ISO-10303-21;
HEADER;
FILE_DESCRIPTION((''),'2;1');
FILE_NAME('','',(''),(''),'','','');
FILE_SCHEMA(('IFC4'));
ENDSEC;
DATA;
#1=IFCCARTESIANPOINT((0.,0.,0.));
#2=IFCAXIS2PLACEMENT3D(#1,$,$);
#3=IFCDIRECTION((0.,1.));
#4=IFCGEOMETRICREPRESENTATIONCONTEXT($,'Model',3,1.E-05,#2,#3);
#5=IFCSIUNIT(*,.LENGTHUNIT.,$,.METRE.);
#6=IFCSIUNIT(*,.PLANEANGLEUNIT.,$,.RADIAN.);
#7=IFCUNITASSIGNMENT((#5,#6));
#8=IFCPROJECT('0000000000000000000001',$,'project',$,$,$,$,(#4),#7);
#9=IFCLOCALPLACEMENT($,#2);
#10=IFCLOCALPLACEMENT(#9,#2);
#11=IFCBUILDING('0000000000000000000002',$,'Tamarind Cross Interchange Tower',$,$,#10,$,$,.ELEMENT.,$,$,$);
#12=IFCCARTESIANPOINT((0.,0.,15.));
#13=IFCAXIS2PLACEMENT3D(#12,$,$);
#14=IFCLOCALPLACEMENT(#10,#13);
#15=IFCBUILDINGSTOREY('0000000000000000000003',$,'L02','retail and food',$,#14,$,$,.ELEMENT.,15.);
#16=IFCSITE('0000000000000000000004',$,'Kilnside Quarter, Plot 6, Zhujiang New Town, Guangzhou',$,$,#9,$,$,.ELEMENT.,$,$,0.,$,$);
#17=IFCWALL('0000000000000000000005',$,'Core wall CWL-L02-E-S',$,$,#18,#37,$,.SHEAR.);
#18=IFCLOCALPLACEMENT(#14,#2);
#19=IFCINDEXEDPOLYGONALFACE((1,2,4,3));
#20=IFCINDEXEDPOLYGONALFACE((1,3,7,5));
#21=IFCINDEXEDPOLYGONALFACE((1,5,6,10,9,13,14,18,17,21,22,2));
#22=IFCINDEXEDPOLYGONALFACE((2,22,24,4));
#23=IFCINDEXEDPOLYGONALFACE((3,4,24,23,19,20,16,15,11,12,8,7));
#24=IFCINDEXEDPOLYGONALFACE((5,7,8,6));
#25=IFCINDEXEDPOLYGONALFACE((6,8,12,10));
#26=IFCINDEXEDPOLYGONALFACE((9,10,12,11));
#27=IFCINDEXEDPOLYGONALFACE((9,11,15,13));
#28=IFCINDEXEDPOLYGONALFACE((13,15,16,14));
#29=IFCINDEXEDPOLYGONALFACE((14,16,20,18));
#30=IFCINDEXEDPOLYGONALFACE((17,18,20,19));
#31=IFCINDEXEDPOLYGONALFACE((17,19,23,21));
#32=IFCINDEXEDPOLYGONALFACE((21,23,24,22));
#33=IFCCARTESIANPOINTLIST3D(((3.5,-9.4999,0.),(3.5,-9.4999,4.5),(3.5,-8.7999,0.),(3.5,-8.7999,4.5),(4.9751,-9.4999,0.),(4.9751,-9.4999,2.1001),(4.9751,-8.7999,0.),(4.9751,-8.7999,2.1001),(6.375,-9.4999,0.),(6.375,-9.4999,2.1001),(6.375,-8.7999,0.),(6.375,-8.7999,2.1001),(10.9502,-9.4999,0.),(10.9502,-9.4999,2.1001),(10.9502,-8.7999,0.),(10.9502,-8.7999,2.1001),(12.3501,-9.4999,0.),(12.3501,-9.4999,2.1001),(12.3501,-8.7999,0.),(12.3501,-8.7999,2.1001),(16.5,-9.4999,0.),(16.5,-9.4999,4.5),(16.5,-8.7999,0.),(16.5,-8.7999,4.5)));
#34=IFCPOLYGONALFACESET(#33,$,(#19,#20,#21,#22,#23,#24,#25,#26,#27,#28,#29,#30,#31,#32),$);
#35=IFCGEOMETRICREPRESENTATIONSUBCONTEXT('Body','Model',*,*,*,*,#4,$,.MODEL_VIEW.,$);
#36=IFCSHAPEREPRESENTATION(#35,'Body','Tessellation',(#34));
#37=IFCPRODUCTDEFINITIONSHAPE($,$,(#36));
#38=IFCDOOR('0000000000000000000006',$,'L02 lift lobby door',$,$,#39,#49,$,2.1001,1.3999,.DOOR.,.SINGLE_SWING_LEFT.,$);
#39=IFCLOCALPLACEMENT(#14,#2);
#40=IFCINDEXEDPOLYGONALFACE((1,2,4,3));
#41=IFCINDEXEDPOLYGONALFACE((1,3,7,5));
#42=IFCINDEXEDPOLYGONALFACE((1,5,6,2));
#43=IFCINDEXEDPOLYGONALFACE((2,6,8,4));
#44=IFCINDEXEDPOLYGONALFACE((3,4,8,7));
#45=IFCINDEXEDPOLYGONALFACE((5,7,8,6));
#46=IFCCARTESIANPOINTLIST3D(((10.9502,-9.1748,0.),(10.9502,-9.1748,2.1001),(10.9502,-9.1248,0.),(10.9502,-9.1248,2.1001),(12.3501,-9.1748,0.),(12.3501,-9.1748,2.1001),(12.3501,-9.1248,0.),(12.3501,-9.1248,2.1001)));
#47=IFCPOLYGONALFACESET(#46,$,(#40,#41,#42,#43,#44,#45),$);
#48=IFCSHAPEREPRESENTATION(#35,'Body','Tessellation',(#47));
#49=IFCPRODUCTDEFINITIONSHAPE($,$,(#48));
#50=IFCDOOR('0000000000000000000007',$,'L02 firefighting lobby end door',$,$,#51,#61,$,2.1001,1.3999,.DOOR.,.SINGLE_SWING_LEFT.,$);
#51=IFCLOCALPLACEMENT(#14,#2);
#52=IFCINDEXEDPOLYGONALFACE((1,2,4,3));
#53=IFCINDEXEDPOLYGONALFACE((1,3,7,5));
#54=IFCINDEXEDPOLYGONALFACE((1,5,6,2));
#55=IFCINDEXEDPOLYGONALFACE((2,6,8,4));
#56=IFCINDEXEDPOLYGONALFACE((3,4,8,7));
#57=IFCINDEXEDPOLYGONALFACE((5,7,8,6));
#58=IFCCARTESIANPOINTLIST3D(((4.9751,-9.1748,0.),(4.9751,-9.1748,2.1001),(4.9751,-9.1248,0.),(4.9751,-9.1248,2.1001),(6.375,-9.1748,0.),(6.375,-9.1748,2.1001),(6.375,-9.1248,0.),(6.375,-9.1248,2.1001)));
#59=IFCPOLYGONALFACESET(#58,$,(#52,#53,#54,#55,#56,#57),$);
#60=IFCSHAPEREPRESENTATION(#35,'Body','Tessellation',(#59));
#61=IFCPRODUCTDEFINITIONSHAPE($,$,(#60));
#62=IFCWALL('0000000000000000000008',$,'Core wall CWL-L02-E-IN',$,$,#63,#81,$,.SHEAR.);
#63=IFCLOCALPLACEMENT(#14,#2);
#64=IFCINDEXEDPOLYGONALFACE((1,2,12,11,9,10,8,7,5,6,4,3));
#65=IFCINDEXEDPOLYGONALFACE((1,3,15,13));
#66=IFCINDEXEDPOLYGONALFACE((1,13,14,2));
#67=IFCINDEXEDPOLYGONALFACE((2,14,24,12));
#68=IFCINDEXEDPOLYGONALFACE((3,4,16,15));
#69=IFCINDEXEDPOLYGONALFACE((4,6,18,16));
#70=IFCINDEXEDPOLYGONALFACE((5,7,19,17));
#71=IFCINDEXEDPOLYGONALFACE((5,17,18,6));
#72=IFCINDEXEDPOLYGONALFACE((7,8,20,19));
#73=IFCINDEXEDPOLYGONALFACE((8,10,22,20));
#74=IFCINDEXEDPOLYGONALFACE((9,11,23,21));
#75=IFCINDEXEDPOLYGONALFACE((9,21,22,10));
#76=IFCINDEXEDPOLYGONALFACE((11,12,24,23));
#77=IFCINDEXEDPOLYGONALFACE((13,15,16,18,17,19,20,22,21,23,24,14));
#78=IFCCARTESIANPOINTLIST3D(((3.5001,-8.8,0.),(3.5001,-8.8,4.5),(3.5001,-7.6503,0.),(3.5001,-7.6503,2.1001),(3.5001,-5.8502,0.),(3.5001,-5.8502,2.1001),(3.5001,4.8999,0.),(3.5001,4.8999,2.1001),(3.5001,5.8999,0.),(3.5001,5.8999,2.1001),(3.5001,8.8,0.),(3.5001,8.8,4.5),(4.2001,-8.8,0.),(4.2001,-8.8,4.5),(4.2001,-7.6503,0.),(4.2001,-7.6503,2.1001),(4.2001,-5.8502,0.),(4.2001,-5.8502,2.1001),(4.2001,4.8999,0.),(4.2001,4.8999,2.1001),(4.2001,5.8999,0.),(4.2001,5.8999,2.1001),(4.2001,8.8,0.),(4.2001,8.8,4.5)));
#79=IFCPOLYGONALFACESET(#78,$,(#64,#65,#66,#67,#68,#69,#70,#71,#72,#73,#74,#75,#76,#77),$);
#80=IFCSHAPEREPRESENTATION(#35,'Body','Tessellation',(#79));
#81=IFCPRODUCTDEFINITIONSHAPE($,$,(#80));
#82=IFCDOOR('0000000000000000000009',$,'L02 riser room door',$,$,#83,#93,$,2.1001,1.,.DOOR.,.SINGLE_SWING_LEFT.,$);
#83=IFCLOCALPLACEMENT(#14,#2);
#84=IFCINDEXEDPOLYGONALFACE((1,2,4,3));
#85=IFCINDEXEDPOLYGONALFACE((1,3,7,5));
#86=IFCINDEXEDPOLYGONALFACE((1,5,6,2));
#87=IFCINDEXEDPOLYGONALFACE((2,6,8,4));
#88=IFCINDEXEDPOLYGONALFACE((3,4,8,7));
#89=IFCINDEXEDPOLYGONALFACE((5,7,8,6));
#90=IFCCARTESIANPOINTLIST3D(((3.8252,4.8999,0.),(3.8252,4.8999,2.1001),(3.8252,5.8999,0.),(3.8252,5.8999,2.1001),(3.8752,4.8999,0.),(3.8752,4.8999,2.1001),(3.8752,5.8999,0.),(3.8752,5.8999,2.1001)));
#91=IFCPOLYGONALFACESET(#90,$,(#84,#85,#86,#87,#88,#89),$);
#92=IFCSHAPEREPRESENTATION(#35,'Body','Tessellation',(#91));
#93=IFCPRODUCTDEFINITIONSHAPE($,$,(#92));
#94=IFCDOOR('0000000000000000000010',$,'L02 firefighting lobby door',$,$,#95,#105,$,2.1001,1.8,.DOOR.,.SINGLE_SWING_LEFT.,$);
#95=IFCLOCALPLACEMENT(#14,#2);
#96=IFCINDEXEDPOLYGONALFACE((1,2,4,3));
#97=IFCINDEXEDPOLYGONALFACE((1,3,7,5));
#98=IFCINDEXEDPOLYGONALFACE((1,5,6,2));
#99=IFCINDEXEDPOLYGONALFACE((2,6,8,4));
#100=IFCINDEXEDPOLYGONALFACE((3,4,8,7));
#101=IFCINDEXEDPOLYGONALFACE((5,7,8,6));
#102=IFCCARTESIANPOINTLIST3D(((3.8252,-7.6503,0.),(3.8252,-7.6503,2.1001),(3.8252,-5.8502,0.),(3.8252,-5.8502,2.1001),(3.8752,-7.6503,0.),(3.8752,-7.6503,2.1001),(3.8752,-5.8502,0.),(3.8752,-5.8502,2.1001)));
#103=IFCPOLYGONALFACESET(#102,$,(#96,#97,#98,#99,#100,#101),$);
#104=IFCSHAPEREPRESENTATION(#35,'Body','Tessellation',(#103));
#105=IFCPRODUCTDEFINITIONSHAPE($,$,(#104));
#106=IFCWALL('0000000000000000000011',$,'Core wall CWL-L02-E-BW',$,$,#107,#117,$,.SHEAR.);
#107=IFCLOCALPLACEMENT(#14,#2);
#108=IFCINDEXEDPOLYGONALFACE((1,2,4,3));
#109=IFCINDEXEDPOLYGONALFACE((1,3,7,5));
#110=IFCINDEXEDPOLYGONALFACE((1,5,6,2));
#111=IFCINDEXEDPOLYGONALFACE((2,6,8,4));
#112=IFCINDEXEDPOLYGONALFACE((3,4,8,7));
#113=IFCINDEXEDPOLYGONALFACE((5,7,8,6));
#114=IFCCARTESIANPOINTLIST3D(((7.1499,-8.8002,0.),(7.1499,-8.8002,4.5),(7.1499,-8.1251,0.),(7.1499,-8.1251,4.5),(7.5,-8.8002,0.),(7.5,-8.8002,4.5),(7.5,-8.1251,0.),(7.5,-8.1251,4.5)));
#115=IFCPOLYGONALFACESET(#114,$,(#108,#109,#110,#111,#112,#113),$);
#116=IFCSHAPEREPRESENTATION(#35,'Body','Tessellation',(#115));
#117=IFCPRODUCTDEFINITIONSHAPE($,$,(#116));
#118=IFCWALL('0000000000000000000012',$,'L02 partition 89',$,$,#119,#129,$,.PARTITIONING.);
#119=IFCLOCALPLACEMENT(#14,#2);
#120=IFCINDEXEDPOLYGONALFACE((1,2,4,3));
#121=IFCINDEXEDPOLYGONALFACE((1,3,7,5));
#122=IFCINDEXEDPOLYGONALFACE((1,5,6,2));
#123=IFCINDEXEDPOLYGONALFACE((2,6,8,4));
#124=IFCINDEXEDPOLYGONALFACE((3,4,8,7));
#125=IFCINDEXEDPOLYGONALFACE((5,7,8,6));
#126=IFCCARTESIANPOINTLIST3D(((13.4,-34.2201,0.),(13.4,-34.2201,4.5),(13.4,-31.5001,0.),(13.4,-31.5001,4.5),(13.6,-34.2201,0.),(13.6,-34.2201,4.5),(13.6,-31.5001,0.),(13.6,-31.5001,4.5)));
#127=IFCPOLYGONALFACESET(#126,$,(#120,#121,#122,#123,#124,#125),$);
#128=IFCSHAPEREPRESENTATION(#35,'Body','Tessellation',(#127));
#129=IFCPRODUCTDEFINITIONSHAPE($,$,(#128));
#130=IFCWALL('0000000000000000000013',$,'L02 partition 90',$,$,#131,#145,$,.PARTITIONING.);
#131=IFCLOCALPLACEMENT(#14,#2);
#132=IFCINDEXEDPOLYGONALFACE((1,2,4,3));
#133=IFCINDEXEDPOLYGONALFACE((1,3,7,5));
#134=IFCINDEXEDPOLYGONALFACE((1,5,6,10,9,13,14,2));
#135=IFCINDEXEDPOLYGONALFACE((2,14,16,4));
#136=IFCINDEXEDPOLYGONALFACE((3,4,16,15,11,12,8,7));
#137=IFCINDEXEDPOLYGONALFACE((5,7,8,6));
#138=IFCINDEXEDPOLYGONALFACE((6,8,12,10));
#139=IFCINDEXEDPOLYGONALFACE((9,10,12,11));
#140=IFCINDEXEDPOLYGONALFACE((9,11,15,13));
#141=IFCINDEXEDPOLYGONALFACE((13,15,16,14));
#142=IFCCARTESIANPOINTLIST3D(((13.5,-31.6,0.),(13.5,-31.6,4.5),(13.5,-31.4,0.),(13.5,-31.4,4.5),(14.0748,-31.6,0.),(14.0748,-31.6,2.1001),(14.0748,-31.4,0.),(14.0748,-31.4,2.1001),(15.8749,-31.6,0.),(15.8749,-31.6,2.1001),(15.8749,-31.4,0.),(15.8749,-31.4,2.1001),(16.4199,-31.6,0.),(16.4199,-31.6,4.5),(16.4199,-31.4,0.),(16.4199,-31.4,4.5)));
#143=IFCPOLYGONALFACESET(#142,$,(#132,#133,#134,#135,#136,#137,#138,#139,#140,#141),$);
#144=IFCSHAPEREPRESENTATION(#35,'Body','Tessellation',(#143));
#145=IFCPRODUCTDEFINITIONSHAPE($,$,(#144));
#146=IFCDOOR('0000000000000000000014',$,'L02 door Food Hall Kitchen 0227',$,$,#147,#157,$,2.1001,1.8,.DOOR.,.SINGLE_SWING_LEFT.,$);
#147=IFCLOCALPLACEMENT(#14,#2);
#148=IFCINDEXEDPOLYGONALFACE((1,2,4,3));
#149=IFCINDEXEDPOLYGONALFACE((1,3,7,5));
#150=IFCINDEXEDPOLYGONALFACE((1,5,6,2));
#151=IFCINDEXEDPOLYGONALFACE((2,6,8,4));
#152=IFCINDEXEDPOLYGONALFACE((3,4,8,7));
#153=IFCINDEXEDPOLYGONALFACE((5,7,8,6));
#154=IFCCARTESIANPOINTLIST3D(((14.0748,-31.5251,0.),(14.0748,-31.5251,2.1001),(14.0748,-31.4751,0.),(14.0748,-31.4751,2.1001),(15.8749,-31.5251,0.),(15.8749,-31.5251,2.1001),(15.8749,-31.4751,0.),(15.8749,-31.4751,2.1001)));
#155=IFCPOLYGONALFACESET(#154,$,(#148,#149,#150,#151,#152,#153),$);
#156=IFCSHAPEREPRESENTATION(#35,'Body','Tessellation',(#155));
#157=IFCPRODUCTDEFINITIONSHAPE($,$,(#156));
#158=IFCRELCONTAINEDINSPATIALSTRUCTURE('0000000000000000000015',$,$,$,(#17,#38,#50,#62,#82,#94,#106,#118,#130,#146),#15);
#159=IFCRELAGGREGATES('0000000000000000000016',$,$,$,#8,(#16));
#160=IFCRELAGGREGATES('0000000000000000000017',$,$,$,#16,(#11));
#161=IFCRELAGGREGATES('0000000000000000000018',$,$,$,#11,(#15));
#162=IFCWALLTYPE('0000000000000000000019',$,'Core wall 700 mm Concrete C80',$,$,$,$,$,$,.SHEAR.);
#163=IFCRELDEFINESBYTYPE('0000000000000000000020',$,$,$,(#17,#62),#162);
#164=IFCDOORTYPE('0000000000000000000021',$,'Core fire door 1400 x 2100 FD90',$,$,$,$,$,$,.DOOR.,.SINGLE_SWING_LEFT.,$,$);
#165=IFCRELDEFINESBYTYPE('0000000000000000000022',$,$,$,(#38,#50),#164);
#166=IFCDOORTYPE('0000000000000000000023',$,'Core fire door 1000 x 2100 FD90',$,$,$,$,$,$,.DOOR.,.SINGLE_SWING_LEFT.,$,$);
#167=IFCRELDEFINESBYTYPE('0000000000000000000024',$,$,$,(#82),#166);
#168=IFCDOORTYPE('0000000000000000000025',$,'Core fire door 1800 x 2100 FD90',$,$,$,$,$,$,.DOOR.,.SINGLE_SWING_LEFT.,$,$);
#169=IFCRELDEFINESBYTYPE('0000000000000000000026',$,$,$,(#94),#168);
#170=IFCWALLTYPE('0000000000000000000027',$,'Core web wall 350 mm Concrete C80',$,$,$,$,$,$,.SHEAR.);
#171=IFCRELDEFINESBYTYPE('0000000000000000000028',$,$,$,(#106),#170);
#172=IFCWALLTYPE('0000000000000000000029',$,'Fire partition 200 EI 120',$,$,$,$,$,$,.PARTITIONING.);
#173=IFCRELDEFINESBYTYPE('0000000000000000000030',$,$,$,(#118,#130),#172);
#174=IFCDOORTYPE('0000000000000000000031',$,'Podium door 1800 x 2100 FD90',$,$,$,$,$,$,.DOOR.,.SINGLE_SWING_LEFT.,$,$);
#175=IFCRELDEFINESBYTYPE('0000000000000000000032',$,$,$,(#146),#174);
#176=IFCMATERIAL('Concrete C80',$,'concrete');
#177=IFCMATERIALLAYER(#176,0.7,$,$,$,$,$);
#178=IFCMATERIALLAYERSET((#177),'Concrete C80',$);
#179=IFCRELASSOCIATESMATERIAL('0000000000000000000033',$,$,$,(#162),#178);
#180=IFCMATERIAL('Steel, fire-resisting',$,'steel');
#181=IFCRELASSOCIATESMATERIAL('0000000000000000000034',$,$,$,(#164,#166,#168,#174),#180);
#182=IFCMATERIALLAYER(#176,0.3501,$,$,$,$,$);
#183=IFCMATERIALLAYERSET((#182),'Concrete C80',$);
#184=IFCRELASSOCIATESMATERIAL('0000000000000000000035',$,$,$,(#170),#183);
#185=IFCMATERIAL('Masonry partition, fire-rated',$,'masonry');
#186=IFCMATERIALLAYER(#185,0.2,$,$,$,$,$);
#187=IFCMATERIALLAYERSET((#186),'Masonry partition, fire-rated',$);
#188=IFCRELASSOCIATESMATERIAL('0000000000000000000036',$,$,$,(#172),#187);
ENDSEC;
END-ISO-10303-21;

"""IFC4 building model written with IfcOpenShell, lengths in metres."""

from ifc_helpers import new_model, si_unit, direction, frame, frame_2d, origin, place, context, subcontext, project, spatial, rectangle, extrude, material, layer, layer_set, type_object, element, fill, save


model = new_model("IFC4")

# Units and contexts
model_context = context("Model", 3, precision=1e-05, world=origin(), true_north=direction((0.0, 1.0)))
body_context = subcontext(model_context, "Body", "Model", "MODEL_VIEW")
ifc_project = project(units=[si_unit("LENGTHUNIT", "METRE"), si_unit("PLANEANGLEUNIT", "RADIAN")], contexts=[model_context])

# Site, building, storey
site_placement = place(None, origin())
site = spatial("IfcSite", under=ifc_project, at=site_placement, Name="Kilnside Quarter, Plot 6, Zhujiang New Town, Guangzhou", CompositionType="ELEMENT", RefElevation=0.0)
building_placement = place(site_placement, origin())
building = spatial("IfcBuilding", under=site, at=building_placement, Name="Tamarind Cross Interchange Tower", CompositionType="ELEMENT")
storey_placement = place(building_placement, frame((0.0, 0.0, 15.0)))
storey = spatial("IfcBuildingStorey", under=building, at=storey_placement, Name="L02", Description="retail and food", CompositionType="ELEMENT", Elevation=15.0)

# Shared definitions
ifc_material_1 = material(Name="Concrete C80", Category="concrete")

# Walls, openings, doors
ifc_layer_1 = layer(ifc_material_1, 0.7)
ifc_layer_set_1 = layer_set([ifc_layer_1], Name="Concrete C80")
wall_type_1 = type_object("IfcWallType", Name="Core wall 700 mm Concrete C80", PredefinedType="SHEAR", material=ifc_layer_set_1)
wall_1_placement = place(storey_placement, frame((16.5, -9.1499, 0.0), z_axis=(0.0, 0.0, 1.0), x_axis=(-1.0, 0.0, 0.0)))
wall_1 = element("IfcWall", 1, at=wall_1_placement, inside=storey, type_object=wall_type_1, Name="Core wall CWL-L02-E-S", PredefinedType="SHEAR", context=body_context, shape_type="SweptSolid", body=[
    extrude(rectangle(XDim=13.0, YDim=0.7, at=frame_2d((6.5, 0.0))), origin(), (0.0, 0.0, 1.0), 4.5),
])
opening_1_placement = place(wall_1_placement, frame((4.1499, 0.0, 0.0)))
opening_1 = element("IfcOpeningElement", 2, at=opening_1_placement, cuts=wall_1, PredefinedType="OPENING", context=body_context, shape_type="SweptSolid", body=[
    extrude(rectangle(XDim=1.3999, YDim=2.1001, at=frame_2d((0.7, 1.05))), frame((0.0, 0.3599, 0.0), z_axis=(0.0, -1.0, 0.0), x_axis=(1.0, 0.0, 0.0)), (0.0, 0.0, 1.0), 0.72),
])
opening_2_placement = place(wall_1_placement, frame((10.125, 0.0, 0.0)))
opening_2 = element("IfcOpeningElement", 3, at=opening_2_placement, cuts=wall_1, PredefinedType="OPENING", context=body_context, shape_type="SweptSolid", body=[
    extrude(rectangle(XDim=1.3999, YDim=2.1001, at=frame_2d((0.7, 1.05))), frame((0.0, 0.3599, 0.0), z_axis=(0.0, -1.0, 0.0), x_axis=(1.0, 0.0, 0.0)), (0.0, 0.0, 1.0), 0.72),
])
ifc_material_2 = material(Name="Steel, fire-resisting", Category="steel")
door_type_1 = type_object("IfcDoorType", Name="Core fire door 1400 x 2100 FD90", OperationType="SINGLE_SWING_LEFT", PredefinedType="DOOR", material=ifc_material_2)
door_1_placement = place(opening_1_placement, origin())
door_1 = element("IfcDoor", 4, at=door_1_placement, inside=storey, type_object=door_type_1, Name="L02 lift lobby door", OperationType="SINGLE_SWING_LEFT", OverallHeight=2.1001, OverallWidth=1.3999, PredefinedType="DOOR", context=body_context, shape_type="SweptSolid", body=[
    extrude(rectangle(XDim=1.3999, YDim=2.1001, at=frame_2d((0.7, 1.05))), frame((0.0, 0.0249, 0.0), z_axis=(0.0, -1.0, 0.0), x_axis=(1.0, 0.0, 0.0)), (0.0, 0.0, 1.0), 0.05),
])
fill(opening_1, door_1)
door_2_placement = place(opening_2_placement, origin())
door_2 = element("IfcDoor", 5, at=door_2_placement, inside=storey, type_object=door_type_1, Name="L02 firefighting lobby end door", OperationType="SINGLE_SWING_LEFT", OverallHeight=2.1001, OverallWidth=1.3999, PredefinedType="DOOR", context=body_context, shape_type="SweptSolid", body=[
    extrude(rectangle(XDim=1.3999, YDim=2.1001, at=frame_2d((0.7, 1.05))), frame((0.0, 0.0249, 0.0), z_axis=(0.0, -1.0, 0.0), x_axis=(1.0, 0.0, 0.0)), (0.0, 0.0, 1.0), 0.05),
])
fill(opening_2, door_2)
wall_2_placement = place(storey_placement, frame((3.8501, -8.8, 0.0), z_axis=(0.0, 0.0, 1.0), x_axis=(0.0, 1.0, 0.0)))
wall_2 = element("IfcWall", 6, at=wall_2_placement, inside=storey, type_object=wall_type_1, Name="Core wall CWL-L02-E-IN", PredefinedType="SHEAR", context=body_context, shape_type="SweptSolid", body=[
    extrude(rectangle(XDim=17.6001, YDim=0.7, at=frame_2d((8.8, 0.0))), origin(), (0.0, 0.0, 1.0), 4.5),
])
opening_3_placement = place(wall_2_placement, frame((1.1499, 0.0, 0.0)))
opening_3 = element("IfcOpeningElement", 7, at=opening_3_placement, cuts=wall_2, PredefinedType="OPENING", context=body_context, shape_type="SweptSolid", body=[
    extrude(rectangle(XDim=1.8, YDim=2.1001, at=frame_2d((0.8999, 1.05))), frame((0.0, 0.3599, 0.0), z_axis=(0.0, -1.0, 0.0), x_axis=(1.0, 0.0, 0.0)), (0.0, 0.0, 1.0), 0.72),
])
opening_4_placement = place(wall_2_placement, frame((13.7, 0.0, 0.0)))
opening_4 = element("IfcOpeningElement", 8, at=opening_4_placement, cuts=wall_2, PredefinedType="OPENING", context=body_context, shape_type="SweptSolid", body=[
    extrude(rectangle(XDim=1.0, YDim=2.1001, at=frame_2d((0.5, 1.05))), frame((0.0, 0.3599, 0.0), z_axis=(0.0, -1.0, 0.0), x_axis=(1.0, 0.0, 0.0)), (0.0, 0.0, 1.0), 0.72),
])
door_type_2 = type_object("IfcDoorType", Name="Core fire door 1000 x 2100 FD90", OperationType="SINGLE_SWING_LEFT", PredefinedType="DOOR", material=ifc_material_2)
door_3_placement = place(opening_4_placement, origin())
door_3 = element("IfcDoor", 9, at=door_3_placement, inside=storey, type_object=door_type_2, Name="L02 riser room door", OperationType="SINGLE_SWING_LEFT", OverallHeight=2.1001, OverallWidth=1.0, PredefinedType="DOOR", context=body_context, shape_type="SweptSolid", body=[
    extrude(rectangle(XDim=1.0, YDim=2.1001, at=frame_2d((0.5, 1.05))), frame((0.0, 0.0249, 0.0), z_axis=(0.0, -1.0, 0.0), x_axis=(1.0, 0.0, 0.0)), (0.0, 0.0, 1.0), 0.05),
])
fill(opening_4, door_3)
door_type_3 = type_object("IfcDoorType", Name="Core fire door 1800 x 2100 FD90", OperationType="SINGLE_SWING_LEFT", PredefinedType="DOOR", material=ifc_material_2)
door_4_placement = place(opening_3_placement, origin())
door_4 = element("IfcDoor", 10, at=door_4_placement, inside=storey, type_object=door_type_3, Name="L02 firefighting lobby door", OperationType="SINGLE_SWING_LEFT", OverallHeight=2.1001, OverallWidth=1.8, PredefinedType="DOOR", context=body_context, shape_type="SweptSolid", body=[
    extrude(rectangle(XDim=1.8, YDim=2.1001, at=frame_2d((0.8999, 1.05))), frame((0.0, 0.0249, 0.0), z_axis=(0.0, -1.0, 0.0), x_axis=(1.0, 0.0, 0.0)), (0.0, 0.0, 1.0), 0.05),
])
fill(opening_3, door_4)

# Walls
ifc_layer_2 = layer(ifc_material_1, 0.3501)
ifc_layer_set_2 = layer_set([ifc_layer_2], Name="Concrete C80")
wall_type_2 = type_object("IfcWallType", Name="Core web wall 350 mm Concrete C80", PredefinedType="SHEAR", material=ifc_layer_set_2)
wall_3_placement = place(storey_placement, frame((7.325, -8.8, 0.0), z_axis=(0.0, 0.0, 1.0), x_axis=(0.0, 1.0, 0.0)))
element("IfcWall", 11, at=wall_3_placement, inside=storey, type_object=wall_type_2, Name="Core wall CWL-L02-E-BW", PredefinedType="SHEAR", context=body_context, shape_type="SweptSolid", body=[
    extrude(rectangle(XDim=0.675, YDim=0.3501, at=frame_2d((0.3374, 0.0))), origin(), (0.0, 0.0, 1.0), 4.5),
])
ifc_material_3 = material(Name="Masonry partition, fire-rated", Category="masonry")
ifc_layer_3 = layer(ifc_material_3, 0.2)
ifc_layer_set_3 = layer_set([ifc_layer_3], Name="Masonry partition, fire-rated")
wall_type_3 = type_object("IfcWallType", Name="Fire partition 200 EI 120", PredefinedType="PARTITIONING", material=ifc_layer_set_3)
wall_4_placement = place(storey_placement, frame((13.5, -34.22, 0.0), z_axis=(0.0, 0.0, 1.0), x_axis=(0.0, 1.0, 0.0)))
element("IfcWall", 12, at=wall_4_placement, inside=storey, type_object=wall_type_3, Name="L02 partition 89", PredefinedType="PARTITIONING", context=body_context, shape_type="SweptSolid", body=[
    extrude(rectangle(XDim=2.72, YDim=0.2, at=frame_2d((1.3599, 0.0))), origin(), (0.0, 0.0, 1.0), 4.5),
])

# Wall, opening, door
wall_5_placement = place(storey_placement, frame((13.5, -31.5, 0.0), z_axis=(0.0, 0.0, 1.0), x_axis=(1.0, 0.0, 0.0)))
wall_5 = element("IfcWall", 13, at=wall_5_placement, inside=storey, type_object=wall_type_3, Name="L02 partition 90", PredefinedType="PARTITIONING", context=body_context, shape_type="SweptSolid", body=[
    extrude(rectangle(XDim=2.9199, YDim=0.2, at=frame_2d((1.46, 0.0))), origin(), (0.0, 0.0, 1.0), 4.5),
])
opening_5_placement = place(wall_5_placement, frame((0.575, 0.0, 0.0)))
opening_5 = element("IfcOpeningElement", 14, at=opening_5_placement, cuts=wall_5, PredefinedType="OPENING", context=body_context, shape_type="SweptSolid", body=[
    extrude(rectangle(XDim=1.8, YDim=2.1001, at=frame_2d((0.8999, 1.05))), frame((0.0, 0.1099, 0.0), z_axis=(0.0, -1.0, 0.0), x_axis=(1.0, 0.0, 0.0)), (0.0, 0.0, 1.0), 0.22),
])
door_type_4 = type_object("IfcDoorType", Name="Podium door 1800 x 2100 FD90", OperationType="SINGLE_SWING_LEFT", PredefinedType="DOOR", material=ifc_material_2)
door_5_placement = place(opening_5_placement, origin())
door_5 = element("IfcDoor", 15, at=door_5_placement, inside=storey, type_object=door_type_4, Name="L02 door Food Hall Kitchen 0227", OperationType="SINGLE_SWING_LEFT", OverallHeight=2.1001, OverallWidth=1.8, PredefinedType="DOOR", context=body_context, shape_type="SweptSolid", body=[
    extrude(rectangle(XDim=1.8, YDim=2.1001, at=frame_2d((0.8999, 1.05))), frame((0.0, 0.0249, 0.0), z_axis=(0.0, -1.0, 0.0), x_axis=(1.0, 0.0, 0.0)), (0.0, 0.0, 1.0), 0.05),
])
fill(opening_5, door_5)

save(model, "model.ifc")
